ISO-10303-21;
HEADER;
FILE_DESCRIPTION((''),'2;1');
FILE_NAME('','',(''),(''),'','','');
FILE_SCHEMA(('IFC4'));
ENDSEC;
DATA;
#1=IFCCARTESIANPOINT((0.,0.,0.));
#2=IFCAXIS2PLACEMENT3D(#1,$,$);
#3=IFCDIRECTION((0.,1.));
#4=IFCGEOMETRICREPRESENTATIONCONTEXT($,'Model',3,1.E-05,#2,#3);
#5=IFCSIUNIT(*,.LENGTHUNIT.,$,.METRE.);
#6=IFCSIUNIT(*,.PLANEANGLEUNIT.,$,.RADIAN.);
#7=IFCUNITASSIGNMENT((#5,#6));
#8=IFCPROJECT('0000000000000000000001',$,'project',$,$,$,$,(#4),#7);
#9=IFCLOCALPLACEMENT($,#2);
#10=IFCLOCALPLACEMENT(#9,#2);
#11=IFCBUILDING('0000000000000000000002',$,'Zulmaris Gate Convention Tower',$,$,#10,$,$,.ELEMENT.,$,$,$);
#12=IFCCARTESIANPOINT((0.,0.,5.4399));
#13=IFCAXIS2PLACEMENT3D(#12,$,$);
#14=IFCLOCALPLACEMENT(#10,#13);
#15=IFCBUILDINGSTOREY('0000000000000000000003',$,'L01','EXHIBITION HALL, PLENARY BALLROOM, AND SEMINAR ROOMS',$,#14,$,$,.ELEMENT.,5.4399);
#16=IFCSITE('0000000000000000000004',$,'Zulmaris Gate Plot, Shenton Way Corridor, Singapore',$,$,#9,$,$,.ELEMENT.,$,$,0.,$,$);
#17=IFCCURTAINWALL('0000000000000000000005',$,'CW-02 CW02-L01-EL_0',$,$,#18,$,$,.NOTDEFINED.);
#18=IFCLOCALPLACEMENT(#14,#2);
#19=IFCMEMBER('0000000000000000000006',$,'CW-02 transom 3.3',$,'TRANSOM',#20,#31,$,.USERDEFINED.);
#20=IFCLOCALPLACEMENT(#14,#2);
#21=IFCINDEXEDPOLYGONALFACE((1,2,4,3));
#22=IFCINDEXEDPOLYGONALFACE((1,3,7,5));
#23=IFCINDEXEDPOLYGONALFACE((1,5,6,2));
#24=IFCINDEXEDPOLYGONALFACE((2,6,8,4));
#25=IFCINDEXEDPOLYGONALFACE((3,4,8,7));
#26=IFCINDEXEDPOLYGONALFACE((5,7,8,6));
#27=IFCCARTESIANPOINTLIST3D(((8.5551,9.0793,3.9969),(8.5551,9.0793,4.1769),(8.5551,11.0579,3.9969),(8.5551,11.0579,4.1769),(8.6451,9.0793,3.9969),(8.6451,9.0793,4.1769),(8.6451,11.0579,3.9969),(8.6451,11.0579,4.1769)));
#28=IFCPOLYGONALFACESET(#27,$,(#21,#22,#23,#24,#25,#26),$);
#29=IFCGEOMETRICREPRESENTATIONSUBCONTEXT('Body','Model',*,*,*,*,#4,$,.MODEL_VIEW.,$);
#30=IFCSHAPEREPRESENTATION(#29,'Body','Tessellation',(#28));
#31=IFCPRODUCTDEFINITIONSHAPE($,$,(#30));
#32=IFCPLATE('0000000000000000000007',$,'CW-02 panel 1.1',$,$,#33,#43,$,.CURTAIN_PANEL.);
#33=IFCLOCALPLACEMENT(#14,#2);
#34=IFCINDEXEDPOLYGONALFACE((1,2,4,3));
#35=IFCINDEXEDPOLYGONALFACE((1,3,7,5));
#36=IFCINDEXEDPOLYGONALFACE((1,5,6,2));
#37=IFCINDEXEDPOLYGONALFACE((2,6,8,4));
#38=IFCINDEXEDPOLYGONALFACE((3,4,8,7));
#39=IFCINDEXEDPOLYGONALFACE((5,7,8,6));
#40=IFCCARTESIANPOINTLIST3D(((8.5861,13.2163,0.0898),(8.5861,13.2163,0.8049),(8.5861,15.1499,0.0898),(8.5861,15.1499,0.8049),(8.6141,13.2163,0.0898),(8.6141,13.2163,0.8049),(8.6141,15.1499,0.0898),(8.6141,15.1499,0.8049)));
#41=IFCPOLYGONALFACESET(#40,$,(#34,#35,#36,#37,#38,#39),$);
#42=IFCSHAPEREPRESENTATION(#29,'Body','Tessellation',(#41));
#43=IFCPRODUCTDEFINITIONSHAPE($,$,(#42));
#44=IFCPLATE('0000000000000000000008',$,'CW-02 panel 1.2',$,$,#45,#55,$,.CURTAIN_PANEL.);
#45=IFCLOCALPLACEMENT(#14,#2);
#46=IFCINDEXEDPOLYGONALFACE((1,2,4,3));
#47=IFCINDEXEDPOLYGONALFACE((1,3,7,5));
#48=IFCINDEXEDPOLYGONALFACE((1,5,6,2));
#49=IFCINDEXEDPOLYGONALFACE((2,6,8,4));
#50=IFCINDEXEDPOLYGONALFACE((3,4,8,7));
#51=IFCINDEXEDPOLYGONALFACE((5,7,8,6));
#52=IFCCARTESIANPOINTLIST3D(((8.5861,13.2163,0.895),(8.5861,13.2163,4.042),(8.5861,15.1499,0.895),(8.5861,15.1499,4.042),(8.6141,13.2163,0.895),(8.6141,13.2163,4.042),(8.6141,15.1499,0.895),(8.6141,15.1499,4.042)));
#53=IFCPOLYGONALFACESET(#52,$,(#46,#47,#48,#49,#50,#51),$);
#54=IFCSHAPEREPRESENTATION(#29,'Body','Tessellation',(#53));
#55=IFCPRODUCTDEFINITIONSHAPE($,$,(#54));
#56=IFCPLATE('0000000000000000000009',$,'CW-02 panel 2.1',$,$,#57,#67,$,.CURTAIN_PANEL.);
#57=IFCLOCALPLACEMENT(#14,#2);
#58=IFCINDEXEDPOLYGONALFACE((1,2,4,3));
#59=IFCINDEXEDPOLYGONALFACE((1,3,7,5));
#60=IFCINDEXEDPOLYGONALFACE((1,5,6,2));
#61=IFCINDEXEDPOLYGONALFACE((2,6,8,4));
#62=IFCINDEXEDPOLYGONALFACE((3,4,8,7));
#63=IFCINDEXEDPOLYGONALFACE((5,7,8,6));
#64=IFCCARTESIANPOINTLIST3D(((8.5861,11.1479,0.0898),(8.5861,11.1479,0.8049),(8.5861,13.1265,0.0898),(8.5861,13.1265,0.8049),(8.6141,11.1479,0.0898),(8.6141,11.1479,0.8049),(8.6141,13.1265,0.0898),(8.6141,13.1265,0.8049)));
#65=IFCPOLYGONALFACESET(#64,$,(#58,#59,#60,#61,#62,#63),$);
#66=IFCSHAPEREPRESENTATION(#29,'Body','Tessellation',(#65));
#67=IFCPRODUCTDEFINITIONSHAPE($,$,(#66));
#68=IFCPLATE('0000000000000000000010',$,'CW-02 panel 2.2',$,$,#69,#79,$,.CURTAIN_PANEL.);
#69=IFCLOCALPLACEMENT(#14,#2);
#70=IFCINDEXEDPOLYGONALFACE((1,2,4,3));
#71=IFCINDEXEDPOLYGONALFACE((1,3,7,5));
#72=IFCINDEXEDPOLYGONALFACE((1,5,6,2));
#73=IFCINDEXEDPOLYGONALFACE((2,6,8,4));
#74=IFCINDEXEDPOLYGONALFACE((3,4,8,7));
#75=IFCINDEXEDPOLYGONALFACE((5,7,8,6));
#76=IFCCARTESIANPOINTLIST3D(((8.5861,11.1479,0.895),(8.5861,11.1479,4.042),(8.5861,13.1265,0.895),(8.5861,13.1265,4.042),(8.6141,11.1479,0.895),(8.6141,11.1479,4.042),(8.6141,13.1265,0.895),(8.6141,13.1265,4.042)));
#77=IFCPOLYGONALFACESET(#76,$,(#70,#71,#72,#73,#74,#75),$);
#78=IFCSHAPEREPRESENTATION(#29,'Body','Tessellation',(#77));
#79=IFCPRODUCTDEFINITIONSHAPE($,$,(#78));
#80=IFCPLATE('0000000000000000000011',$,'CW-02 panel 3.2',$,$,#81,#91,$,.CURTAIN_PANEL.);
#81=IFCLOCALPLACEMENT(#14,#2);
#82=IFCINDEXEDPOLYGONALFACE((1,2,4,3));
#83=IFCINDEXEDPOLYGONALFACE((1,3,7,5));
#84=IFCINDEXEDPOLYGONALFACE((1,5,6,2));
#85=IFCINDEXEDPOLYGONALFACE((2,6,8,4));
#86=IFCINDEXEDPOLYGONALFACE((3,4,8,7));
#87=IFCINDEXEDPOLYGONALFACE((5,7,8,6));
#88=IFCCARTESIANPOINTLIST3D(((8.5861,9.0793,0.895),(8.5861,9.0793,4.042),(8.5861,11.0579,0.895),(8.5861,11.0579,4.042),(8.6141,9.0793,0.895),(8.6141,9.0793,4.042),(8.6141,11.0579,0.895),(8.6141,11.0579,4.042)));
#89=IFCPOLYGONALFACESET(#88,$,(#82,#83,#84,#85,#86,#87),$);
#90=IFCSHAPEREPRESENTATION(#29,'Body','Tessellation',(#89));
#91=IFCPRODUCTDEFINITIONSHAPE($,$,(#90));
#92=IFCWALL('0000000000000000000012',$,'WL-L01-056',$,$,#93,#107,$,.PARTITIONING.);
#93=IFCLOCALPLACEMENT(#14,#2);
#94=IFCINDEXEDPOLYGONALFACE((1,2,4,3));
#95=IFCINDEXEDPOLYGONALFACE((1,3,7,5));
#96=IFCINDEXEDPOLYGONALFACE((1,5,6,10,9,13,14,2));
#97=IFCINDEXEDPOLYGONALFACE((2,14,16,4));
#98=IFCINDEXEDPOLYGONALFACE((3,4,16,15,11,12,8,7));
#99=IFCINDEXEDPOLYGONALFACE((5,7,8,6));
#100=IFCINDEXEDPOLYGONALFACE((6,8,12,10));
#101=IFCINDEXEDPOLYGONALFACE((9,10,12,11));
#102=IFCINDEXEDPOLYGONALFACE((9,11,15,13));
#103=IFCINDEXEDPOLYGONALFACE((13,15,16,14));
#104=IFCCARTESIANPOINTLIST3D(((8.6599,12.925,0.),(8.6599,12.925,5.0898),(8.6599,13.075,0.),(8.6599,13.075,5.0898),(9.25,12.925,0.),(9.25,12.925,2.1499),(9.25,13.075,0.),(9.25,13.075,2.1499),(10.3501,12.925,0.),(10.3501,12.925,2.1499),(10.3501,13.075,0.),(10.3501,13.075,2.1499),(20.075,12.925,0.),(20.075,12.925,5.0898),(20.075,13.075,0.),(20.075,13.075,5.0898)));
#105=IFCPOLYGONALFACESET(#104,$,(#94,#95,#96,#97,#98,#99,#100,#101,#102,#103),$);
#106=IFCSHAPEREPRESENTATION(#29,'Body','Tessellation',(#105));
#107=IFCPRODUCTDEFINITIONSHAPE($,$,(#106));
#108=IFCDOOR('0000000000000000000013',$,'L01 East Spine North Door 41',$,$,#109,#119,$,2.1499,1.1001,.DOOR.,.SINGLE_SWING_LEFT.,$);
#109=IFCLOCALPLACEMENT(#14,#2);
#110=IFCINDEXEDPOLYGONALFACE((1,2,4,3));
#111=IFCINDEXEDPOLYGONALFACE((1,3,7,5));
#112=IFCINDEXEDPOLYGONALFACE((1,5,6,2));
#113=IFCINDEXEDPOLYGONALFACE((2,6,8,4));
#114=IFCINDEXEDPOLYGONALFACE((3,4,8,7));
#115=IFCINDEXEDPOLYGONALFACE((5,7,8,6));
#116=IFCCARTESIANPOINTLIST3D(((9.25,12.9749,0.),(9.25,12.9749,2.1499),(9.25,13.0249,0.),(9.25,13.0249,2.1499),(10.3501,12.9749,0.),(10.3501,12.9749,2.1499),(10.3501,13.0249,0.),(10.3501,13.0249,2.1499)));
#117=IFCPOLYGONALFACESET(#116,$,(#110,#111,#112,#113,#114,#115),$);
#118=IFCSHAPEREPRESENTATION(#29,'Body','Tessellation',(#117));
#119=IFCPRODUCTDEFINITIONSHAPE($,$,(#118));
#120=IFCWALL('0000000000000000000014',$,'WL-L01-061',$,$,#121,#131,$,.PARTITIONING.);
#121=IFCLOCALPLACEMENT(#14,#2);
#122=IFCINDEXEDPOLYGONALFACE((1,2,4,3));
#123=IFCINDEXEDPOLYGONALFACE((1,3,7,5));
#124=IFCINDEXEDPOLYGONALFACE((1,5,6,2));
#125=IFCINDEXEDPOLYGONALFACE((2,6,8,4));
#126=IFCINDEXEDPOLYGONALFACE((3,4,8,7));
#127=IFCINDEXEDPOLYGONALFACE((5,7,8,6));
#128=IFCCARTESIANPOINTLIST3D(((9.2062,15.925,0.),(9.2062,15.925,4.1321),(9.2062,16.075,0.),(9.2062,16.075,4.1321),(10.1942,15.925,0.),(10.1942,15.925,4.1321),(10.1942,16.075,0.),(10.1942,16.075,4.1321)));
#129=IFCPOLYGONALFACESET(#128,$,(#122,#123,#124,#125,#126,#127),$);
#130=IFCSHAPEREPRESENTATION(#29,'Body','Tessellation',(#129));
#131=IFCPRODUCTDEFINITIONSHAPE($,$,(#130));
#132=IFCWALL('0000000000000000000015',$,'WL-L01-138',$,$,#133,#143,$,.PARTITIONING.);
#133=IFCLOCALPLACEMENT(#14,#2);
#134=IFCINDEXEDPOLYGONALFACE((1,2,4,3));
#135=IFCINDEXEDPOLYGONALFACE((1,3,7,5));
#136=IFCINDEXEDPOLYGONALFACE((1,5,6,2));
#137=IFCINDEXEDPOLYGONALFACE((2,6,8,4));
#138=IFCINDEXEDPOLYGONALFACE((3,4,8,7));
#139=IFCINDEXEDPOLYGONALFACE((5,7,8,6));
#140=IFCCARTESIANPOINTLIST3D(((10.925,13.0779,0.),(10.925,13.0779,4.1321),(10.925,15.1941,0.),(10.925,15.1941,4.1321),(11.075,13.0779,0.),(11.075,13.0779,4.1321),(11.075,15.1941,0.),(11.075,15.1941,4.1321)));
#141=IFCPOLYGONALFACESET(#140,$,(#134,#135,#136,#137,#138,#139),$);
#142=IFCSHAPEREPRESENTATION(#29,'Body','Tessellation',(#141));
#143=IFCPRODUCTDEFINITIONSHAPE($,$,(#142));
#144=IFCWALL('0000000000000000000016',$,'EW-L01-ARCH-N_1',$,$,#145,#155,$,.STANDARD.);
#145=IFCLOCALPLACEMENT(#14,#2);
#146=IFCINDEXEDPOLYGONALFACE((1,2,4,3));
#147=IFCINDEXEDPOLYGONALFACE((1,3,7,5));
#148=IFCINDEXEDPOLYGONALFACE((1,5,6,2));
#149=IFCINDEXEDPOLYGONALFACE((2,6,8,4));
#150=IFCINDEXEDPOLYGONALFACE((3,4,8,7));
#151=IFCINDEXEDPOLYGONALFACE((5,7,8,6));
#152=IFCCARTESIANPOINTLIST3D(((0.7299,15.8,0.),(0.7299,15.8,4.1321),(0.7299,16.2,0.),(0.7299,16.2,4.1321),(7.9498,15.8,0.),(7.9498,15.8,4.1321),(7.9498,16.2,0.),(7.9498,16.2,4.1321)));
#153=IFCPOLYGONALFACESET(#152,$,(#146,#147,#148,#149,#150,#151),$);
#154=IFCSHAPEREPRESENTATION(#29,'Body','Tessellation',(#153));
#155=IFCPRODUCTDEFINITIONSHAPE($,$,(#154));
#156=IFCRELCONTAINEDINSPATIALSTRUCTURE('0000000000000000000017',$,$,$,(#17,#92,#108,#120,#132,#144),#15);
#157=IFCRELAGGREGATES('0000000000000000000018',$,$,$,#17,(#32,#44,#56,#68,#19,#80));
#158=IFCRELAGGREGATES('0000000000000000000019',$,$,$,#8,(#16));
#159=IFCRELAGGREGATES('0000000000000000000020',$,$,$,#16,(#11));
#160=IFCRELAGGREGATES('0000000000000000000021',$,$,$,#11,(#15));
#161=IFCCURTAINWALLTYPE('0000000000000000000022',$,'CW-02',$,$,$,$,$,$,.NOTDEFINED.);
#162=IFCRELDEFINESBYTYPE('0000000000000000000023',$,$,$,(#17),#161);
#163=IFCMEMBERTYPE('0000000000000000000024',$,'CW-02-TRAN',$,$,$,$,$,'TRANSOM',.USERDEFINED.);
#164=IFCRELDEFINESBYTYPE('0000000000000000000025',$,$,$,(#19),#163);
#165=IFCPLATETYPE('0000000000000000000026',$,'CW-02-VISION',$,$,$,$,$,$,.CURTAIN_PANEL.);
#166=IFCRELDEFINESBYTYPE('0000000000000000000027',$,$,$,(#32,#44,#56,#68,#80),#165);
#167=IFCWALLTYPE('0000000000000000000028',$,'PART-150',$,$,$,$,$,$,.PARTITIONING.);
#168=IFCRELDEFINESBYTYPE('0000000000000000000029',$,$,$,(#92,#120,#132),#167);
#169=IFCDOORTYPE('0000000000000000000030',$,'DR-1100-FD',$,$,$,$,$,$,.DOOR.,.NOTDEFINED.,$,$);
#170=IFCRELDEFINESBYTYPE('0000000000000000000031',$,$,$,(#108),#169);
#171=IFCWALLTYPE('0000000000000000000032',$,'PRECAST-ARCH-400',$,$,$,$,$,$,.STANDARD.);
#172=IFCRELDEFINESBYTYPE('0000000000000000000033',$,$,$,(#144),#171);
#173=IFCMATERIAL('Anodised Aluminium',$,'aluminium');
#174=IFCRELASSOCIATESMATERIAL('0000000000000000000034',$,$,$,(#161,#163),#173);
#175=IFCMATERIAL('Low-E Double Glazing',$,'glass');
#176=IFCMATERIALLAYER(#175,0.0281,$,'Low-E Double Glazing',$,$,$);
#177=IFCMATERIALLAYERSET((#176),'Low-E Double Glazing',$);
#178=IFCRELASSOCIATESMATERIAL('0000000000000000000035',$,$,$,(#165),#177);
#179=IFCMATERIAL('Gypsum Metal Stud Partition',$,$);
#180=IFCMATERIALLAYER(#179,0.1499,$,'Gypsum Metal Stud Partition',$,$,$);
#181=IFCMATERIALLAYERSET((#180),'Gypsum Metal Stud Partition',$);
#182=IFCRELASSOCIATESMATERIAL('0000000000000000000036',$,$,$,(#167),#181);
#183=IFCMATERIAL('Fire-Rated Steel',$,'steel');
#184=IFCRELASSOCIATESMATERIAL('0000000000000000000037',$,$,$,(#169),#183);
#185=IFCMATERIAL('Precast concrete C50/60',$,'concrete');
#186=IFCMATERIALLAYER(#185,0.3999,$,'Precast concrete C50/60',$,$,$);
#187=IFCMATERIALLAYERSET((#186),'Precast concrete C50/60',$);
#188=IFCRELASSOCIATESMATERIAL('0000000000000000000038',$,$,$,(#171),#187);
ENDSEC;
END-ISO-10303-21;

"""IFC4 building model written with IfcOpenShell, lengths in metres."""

from ifc_helpers import new_model, si_unit, direction, frame, frame_2d, origin, origin_2d, place, context, subcontext, project, spatial, rectangle, extrude, material, layer, layer_set, material_profile, profile_set, type_object, element, fill, aggregate, save


model = new_model("IFC4")

# Units and contexts
model_context = context("Model", 3, precision=1e-05, world=origin(), true_north=direction((0.0, 1.0)))
body_context = subcontext(model_context, "Body", "Model", "MODEL_VIEW")
ifc_project = project(units=[si_unit("LENGTHUNIT", "METRE"), si_unit("PLANEANGLEUNIT", "RADIAN")], contexts=[model_context])

# Site, building, storey
site_placement = place(None, origin())
site = spatial("IfcSite", under=ifc_project, at=site_placement, Name="Zulmaris Gate Plot, Shenton Way Corridor, Singapore", CompositionType="ELEMENT", RefElevation=0.0)
building_placement = place(site_placement, origin())
building = spatial("IfcBuilding", under=site, at=building_placement, Name="Zulmaris Gate Convention Tower", CompositionType="ELEMENT")
storey_placement = place(building_placement, frame((0.0, 0.0, 5.4399)))
storey = spatial("IfcBuildingStorey", under=building, at=storey_placement, Name="L01", Description="EXHIBITION HALL, PLENARY BALLROOM, AND SEMINAR ROOMS", CompositionType="ELEMENT", Elevation=5.4399)

# Curtain wall, member, plates
ifc_material_1 = material(Name="Anodised Aluminium", Category="aluminium")
curtain_wall_type = type_object("IfcCurtainWallType", Name="CW-02", PredefinedType="NOTDEFINED", material=ifc_material_1)
curtain_wall_placement = place(storey_placement, origin())
curtain_wall = element("IfcCurtainWall", 1, at=curtain_wall_placement, inside=storey, type_object=curtain_wall_type, Name="CW-02 CW02-L01-EL_0", PredefinedType="NOTDEFINED")
ifc_material_profile_1 = material_profile(ifc_material_1, rectangle(XDim=0.0901, YDim=0.1799, at=origin_2d()), Name="ALU TRANSOM 90x180")
ifc_profile_set_1 = profile_set([ifc_material_profile_1], Name="Anodised Aluminium")
member_type_1 = type_object("IfcMemberType", Name="CW-02-TRAN", ElementType="TRANSOM", PredefinedType="USERDEFINED", material=ifc_profile_set_1)
member_1_placement = place(storey_placement, frame((8.6001, 11.0579, 4.0869), z_axis=(0.0, -1.0, 0.0), x_axis=(1.0, 0.0, 0.0)))
member_1 = element("IfcMember", 2, at=member_1_placement, type_object=member_type_1, Name="CW-02 transom 3.3", ObjectType="TRANSOM", PredefinedType="USERDEFINED", context=body_context, shape_type="SweptSolid", body=[
    extrude(rectangle(XDim=0.0901, YDim=0.1799, at=origin_2d()), origin(), (0.0, 0.0, 1.0), 1.9785),
])
ifc_material_2 = material(Name="Low-E Double Glazing", Category="glass")
ifc_layer_1 = layer(ifc_material_2, 0.0281, Name="Low-E Double Glazing")
ifc_layer_set_1 = layer_set([ifc_layer_1], Name="Low-E Double Glazing")
plate_type = type_object("IfcPlateType", Name="CW-02-VISION", PredefinedType="CURTAIN_PANEL", material=ifc_layer_set_1)
plate_1_placement = place(storey_placement, frame((8.6001, 14.1831, 0.0898), z_axis=(0.0, 0.0, 1.0), x_axis=(0.0, -1.0, 0.0)))
plate_1 = element("IfcPlate", 3, at=plate_1_placement, type_object=plate_type, Name="CW-02 panel 1.1", PredefinedType="CURTAIN_PANEL", context=body_context, shape_type="SweptSolid", body=[
    extrude(rectangle(XDim=1.9336, YDim=0.0281, at=origin_2d()), origin(), (0.0, 0.0, 1.0), 0.7151),
])
plate_2_placement = place(storey_placement, frame((8.6001, 14.1831, 0.895), z_axis=(0.0, 0.0, 1.0), x_axis=(0.0, -1.0, 0.0)))
plate_2 = element("IfcPlate", 4, at=plate_2_placement, type_object=plate_type, Name="CW-02 panel 1.2", PredefinedType="CURTAIN_PANEL", context=body_context, shape_type="SweptSolid", body=[
    extrude(rectangle(XDim=1.9336, YDim=0.0281, at=origin_2d()), origin(), (0.0, 0.0, 1.0), 3.147),
])
plate_3_placement = place(storey_placement, frame((8.6001, 12.1372, 0.0898), z_axis=(0.0, 0.0, 1.0), x_axis=(0.0, -1.0, 0.0)))
plate_3 = element("IfcPlate", 5, at=plate_3_placement, type_object=plate_type, Name="CW-02 panel 2.1", PredefinedType="CURTAIN_PANEL", context=body_context, shape_type="SweptSolid", body=[
    extrude(rectangle(XDim=1.9785, YDim=0.0281, at=origin_2d()), origin(), (0.0, 0.0, 1.0), 0.7151),
])
plate_4_placement = place(storey_placement, frame((8.6001, 12.1372, 0.895), z_axis=(0.0, 0.0, 1.0), x_axis=(0.0, -1.0, 0.0)))
plate_4 = element("IfcPlate", 6, at=plate_4_placement, type_object=plate_type, Name="CW-02 panel 2.2", PredefinedType="CURTAIN_PANEL", context=body_context, shape_type="SweptSolid", body=[
    extrude(rectangle(XDim=1.9785, YDim=0.0281, at=origin_2d()), origin(), (0.0, 0.0, 1.0), 3.147),
])
plate_5_placement = place(storey_placement, frame((8.6001, 10.0686, 0.895), z_axis=(0.0, 0.0, 1.0), x_axis=(0.0, -1.0, 0.0)))
plate_5 = element("IfcPlate", 7, at=plate_5_placement, type_object=plate_type, Name="CW-02 panel 3.2", PredefinedType="CURTAIN_PANEL", context=body_context, shape_type="SweptSolid", body=[
    extrude(rectangle(XDim=1.9785, YDim=0.0281, at=origin_2d()), origin(), (0.0, 0.0, 1.0), 3.147),
])
aggregate(curtain_wall, [plate_1, plate_2, plate_3, plate_4, member_1, plate_5])

# Wall, opening, door
ifc_material_3 = material(Name="Gypsum Metal Stud Partition")
ifc_layer_2 = layer(ifc_material_3, 0.1499, Name="Gypsum Metal Stud Partition")
ifc_layer_set_2 = layer_set([ifc_layer_2], Name="Gypsum Metal Stud Partition")
wall_type_1 = type_object("IfcWallType", Name="PART-150", PredefinedType="PARTITIONING", material=ifc_layer_set_2)
ifc_material_4 = material(Name="Fire-Rated Steel", Category="steel")
door_type_1 = type_object("IfcDoorType", Name="DR-1100-FD", OperationType="NOTDEFINED", PredefinedType="DOOR", material=ifc_material_4)
wall_1_placement = place(storey_placement, frame((8.6599, 13.0, 0.0), z_axis=(0.0, 0.0, 1.0), x_axis=(1.0, 0.0, 0.0)))
wall_1 = element("IfcWall", 8, at=wall_1_placement, inside=storey, type_object=wall_type_1, Name="WL-L01-056", PredefinedType="PARTITIONING", context=body_context, shape_type="SweptSolid", body=[
    extrude(rectangle(XDim=11.415, YDim=0.1499, at=frame_2d((5.7075, 0.0))), origin(), (0.0, 0.0, 1.0), 5.0898),
])
opening_1_placement = place(wall_1_placement, frame((0.5901, 0.0, 0.0)))
opening_1 = element("IfcOpeningElement", 9, at=opening_1_placement, cuts=wall_1, PredefinedType="OPENING", context=body_context, shape_type="SweptSolid", body=[
    extrude(rectangle(XDim=1.1001, YDim=2.1499, at=frame_2d((0.55, 1.075))), frame((0.0, 0.085, 0.0), z_axis=(0.0, -1.0, 0.0), x_axis=(1.0, 0.0, 0.0)), (0.0, 0.0, 1.0), 0.1699),
])
door_1_placement = place(opening_1_placement, origin())
door_1 = element("IfcDoor", 10, at=door_1_placement, inside=storey, type_object=door_type_1, Name="L01 East Spine North Door 41", OperationType="SINGLE_SWING_LEFT", OverallHeight=2.1499, OverallWidth=1.1001, PredefinedType="DOOR", context=body_context, shape_type="SweptSolid", body=[
    extrude(rectangle(XDim=1.1001, YDim=2.1499, at=frame_2d((0.55, 1.075))), frame((0.0, 0.0249, 0.0), z_axis=(0.0, -1.0, 0.0), x_axis=(1.0, 0.0, 0.0)), (0.0, 0.0, 1.0), 0.05),
])
fill(opening_1, door_1)

# Walls
wall_2_placement = place(storey_placement, frame((9.2061, 16.0, 0.0), z_axis=(0.0, 0.0, 1.0), x_axis=(1.0, 0.0, 0.0)))
element("IfcWall", 11, at=wall_2_placement, inside=storey, type_object=wall_type_1, Name="WL-L01-061", PredefinedType="PARTITIONING", context=body_context, shape_type="SweptSolid", body=[
    extrude(rectangle(XDim=0.988, YDim=0.1499, at=frame_2d((0.4941, 0.0))), origin(), (0.0, 0.0, 1.0), 4.1321),
])
wall_3_placement = place(storey_placement, frame((11.0, 13.0779, 0.0), z_axis=(0.0, 0.0, 1.0), x_axis=(0.0, 1.0, 0.0)))
element("IfcWall", 12, at=wall_3_placement, inside=storey, type_object=wall_type_1, Name="WL-L01-138", PredefinedType="PARTITIONING", context=body_context, shape_type="SweptSolid", body=[
    extrude(rectangle(XDim=2.1162, YDim=0.1499, at=frame_2d((1.0581, 0.0))), origin(), (0.0, 0.0, 1.0), 4.1321),
])
ifc_material_5 = material(Name="Precast concrete C50/60", Category="concrete")
ifc_layer_3 = layer(ifc_material_5, 0.3999, Name="Precast concrete C50/60")
ifc_layer_set_3 = layer_set([ifc_layer_3], Name="Precast concrete C50/60")
wall_type_2 = type_object("IfcWallType", Name="PRECAST-ARCH-400", PredefinedType="STANDARD", material=ifc_layer_set_3)
wall_4_placement = place(storey_placement, frame((0.73, 16.0, 0.0), z_axis=(0.0, 0.0, 1.0), x_axis=(1.0, 0.0, 0.0)))
element("IfcWall", 13, at=wall_4_placement, inside=storey, type_object=wall_type_2, Name="EW-L01-ARCH-N_1", PredefinedType="STANDARD", context=body_context, shape_type="SweptSolid", body=[
    extrude(rectangle(XDim=7.22, YDim=0.3999, at=frame_2d((3.6099, 0.0))), origin(), (0.0, 0.0, 1.0), 4.1321),
])

save(model, "model.ifc")
